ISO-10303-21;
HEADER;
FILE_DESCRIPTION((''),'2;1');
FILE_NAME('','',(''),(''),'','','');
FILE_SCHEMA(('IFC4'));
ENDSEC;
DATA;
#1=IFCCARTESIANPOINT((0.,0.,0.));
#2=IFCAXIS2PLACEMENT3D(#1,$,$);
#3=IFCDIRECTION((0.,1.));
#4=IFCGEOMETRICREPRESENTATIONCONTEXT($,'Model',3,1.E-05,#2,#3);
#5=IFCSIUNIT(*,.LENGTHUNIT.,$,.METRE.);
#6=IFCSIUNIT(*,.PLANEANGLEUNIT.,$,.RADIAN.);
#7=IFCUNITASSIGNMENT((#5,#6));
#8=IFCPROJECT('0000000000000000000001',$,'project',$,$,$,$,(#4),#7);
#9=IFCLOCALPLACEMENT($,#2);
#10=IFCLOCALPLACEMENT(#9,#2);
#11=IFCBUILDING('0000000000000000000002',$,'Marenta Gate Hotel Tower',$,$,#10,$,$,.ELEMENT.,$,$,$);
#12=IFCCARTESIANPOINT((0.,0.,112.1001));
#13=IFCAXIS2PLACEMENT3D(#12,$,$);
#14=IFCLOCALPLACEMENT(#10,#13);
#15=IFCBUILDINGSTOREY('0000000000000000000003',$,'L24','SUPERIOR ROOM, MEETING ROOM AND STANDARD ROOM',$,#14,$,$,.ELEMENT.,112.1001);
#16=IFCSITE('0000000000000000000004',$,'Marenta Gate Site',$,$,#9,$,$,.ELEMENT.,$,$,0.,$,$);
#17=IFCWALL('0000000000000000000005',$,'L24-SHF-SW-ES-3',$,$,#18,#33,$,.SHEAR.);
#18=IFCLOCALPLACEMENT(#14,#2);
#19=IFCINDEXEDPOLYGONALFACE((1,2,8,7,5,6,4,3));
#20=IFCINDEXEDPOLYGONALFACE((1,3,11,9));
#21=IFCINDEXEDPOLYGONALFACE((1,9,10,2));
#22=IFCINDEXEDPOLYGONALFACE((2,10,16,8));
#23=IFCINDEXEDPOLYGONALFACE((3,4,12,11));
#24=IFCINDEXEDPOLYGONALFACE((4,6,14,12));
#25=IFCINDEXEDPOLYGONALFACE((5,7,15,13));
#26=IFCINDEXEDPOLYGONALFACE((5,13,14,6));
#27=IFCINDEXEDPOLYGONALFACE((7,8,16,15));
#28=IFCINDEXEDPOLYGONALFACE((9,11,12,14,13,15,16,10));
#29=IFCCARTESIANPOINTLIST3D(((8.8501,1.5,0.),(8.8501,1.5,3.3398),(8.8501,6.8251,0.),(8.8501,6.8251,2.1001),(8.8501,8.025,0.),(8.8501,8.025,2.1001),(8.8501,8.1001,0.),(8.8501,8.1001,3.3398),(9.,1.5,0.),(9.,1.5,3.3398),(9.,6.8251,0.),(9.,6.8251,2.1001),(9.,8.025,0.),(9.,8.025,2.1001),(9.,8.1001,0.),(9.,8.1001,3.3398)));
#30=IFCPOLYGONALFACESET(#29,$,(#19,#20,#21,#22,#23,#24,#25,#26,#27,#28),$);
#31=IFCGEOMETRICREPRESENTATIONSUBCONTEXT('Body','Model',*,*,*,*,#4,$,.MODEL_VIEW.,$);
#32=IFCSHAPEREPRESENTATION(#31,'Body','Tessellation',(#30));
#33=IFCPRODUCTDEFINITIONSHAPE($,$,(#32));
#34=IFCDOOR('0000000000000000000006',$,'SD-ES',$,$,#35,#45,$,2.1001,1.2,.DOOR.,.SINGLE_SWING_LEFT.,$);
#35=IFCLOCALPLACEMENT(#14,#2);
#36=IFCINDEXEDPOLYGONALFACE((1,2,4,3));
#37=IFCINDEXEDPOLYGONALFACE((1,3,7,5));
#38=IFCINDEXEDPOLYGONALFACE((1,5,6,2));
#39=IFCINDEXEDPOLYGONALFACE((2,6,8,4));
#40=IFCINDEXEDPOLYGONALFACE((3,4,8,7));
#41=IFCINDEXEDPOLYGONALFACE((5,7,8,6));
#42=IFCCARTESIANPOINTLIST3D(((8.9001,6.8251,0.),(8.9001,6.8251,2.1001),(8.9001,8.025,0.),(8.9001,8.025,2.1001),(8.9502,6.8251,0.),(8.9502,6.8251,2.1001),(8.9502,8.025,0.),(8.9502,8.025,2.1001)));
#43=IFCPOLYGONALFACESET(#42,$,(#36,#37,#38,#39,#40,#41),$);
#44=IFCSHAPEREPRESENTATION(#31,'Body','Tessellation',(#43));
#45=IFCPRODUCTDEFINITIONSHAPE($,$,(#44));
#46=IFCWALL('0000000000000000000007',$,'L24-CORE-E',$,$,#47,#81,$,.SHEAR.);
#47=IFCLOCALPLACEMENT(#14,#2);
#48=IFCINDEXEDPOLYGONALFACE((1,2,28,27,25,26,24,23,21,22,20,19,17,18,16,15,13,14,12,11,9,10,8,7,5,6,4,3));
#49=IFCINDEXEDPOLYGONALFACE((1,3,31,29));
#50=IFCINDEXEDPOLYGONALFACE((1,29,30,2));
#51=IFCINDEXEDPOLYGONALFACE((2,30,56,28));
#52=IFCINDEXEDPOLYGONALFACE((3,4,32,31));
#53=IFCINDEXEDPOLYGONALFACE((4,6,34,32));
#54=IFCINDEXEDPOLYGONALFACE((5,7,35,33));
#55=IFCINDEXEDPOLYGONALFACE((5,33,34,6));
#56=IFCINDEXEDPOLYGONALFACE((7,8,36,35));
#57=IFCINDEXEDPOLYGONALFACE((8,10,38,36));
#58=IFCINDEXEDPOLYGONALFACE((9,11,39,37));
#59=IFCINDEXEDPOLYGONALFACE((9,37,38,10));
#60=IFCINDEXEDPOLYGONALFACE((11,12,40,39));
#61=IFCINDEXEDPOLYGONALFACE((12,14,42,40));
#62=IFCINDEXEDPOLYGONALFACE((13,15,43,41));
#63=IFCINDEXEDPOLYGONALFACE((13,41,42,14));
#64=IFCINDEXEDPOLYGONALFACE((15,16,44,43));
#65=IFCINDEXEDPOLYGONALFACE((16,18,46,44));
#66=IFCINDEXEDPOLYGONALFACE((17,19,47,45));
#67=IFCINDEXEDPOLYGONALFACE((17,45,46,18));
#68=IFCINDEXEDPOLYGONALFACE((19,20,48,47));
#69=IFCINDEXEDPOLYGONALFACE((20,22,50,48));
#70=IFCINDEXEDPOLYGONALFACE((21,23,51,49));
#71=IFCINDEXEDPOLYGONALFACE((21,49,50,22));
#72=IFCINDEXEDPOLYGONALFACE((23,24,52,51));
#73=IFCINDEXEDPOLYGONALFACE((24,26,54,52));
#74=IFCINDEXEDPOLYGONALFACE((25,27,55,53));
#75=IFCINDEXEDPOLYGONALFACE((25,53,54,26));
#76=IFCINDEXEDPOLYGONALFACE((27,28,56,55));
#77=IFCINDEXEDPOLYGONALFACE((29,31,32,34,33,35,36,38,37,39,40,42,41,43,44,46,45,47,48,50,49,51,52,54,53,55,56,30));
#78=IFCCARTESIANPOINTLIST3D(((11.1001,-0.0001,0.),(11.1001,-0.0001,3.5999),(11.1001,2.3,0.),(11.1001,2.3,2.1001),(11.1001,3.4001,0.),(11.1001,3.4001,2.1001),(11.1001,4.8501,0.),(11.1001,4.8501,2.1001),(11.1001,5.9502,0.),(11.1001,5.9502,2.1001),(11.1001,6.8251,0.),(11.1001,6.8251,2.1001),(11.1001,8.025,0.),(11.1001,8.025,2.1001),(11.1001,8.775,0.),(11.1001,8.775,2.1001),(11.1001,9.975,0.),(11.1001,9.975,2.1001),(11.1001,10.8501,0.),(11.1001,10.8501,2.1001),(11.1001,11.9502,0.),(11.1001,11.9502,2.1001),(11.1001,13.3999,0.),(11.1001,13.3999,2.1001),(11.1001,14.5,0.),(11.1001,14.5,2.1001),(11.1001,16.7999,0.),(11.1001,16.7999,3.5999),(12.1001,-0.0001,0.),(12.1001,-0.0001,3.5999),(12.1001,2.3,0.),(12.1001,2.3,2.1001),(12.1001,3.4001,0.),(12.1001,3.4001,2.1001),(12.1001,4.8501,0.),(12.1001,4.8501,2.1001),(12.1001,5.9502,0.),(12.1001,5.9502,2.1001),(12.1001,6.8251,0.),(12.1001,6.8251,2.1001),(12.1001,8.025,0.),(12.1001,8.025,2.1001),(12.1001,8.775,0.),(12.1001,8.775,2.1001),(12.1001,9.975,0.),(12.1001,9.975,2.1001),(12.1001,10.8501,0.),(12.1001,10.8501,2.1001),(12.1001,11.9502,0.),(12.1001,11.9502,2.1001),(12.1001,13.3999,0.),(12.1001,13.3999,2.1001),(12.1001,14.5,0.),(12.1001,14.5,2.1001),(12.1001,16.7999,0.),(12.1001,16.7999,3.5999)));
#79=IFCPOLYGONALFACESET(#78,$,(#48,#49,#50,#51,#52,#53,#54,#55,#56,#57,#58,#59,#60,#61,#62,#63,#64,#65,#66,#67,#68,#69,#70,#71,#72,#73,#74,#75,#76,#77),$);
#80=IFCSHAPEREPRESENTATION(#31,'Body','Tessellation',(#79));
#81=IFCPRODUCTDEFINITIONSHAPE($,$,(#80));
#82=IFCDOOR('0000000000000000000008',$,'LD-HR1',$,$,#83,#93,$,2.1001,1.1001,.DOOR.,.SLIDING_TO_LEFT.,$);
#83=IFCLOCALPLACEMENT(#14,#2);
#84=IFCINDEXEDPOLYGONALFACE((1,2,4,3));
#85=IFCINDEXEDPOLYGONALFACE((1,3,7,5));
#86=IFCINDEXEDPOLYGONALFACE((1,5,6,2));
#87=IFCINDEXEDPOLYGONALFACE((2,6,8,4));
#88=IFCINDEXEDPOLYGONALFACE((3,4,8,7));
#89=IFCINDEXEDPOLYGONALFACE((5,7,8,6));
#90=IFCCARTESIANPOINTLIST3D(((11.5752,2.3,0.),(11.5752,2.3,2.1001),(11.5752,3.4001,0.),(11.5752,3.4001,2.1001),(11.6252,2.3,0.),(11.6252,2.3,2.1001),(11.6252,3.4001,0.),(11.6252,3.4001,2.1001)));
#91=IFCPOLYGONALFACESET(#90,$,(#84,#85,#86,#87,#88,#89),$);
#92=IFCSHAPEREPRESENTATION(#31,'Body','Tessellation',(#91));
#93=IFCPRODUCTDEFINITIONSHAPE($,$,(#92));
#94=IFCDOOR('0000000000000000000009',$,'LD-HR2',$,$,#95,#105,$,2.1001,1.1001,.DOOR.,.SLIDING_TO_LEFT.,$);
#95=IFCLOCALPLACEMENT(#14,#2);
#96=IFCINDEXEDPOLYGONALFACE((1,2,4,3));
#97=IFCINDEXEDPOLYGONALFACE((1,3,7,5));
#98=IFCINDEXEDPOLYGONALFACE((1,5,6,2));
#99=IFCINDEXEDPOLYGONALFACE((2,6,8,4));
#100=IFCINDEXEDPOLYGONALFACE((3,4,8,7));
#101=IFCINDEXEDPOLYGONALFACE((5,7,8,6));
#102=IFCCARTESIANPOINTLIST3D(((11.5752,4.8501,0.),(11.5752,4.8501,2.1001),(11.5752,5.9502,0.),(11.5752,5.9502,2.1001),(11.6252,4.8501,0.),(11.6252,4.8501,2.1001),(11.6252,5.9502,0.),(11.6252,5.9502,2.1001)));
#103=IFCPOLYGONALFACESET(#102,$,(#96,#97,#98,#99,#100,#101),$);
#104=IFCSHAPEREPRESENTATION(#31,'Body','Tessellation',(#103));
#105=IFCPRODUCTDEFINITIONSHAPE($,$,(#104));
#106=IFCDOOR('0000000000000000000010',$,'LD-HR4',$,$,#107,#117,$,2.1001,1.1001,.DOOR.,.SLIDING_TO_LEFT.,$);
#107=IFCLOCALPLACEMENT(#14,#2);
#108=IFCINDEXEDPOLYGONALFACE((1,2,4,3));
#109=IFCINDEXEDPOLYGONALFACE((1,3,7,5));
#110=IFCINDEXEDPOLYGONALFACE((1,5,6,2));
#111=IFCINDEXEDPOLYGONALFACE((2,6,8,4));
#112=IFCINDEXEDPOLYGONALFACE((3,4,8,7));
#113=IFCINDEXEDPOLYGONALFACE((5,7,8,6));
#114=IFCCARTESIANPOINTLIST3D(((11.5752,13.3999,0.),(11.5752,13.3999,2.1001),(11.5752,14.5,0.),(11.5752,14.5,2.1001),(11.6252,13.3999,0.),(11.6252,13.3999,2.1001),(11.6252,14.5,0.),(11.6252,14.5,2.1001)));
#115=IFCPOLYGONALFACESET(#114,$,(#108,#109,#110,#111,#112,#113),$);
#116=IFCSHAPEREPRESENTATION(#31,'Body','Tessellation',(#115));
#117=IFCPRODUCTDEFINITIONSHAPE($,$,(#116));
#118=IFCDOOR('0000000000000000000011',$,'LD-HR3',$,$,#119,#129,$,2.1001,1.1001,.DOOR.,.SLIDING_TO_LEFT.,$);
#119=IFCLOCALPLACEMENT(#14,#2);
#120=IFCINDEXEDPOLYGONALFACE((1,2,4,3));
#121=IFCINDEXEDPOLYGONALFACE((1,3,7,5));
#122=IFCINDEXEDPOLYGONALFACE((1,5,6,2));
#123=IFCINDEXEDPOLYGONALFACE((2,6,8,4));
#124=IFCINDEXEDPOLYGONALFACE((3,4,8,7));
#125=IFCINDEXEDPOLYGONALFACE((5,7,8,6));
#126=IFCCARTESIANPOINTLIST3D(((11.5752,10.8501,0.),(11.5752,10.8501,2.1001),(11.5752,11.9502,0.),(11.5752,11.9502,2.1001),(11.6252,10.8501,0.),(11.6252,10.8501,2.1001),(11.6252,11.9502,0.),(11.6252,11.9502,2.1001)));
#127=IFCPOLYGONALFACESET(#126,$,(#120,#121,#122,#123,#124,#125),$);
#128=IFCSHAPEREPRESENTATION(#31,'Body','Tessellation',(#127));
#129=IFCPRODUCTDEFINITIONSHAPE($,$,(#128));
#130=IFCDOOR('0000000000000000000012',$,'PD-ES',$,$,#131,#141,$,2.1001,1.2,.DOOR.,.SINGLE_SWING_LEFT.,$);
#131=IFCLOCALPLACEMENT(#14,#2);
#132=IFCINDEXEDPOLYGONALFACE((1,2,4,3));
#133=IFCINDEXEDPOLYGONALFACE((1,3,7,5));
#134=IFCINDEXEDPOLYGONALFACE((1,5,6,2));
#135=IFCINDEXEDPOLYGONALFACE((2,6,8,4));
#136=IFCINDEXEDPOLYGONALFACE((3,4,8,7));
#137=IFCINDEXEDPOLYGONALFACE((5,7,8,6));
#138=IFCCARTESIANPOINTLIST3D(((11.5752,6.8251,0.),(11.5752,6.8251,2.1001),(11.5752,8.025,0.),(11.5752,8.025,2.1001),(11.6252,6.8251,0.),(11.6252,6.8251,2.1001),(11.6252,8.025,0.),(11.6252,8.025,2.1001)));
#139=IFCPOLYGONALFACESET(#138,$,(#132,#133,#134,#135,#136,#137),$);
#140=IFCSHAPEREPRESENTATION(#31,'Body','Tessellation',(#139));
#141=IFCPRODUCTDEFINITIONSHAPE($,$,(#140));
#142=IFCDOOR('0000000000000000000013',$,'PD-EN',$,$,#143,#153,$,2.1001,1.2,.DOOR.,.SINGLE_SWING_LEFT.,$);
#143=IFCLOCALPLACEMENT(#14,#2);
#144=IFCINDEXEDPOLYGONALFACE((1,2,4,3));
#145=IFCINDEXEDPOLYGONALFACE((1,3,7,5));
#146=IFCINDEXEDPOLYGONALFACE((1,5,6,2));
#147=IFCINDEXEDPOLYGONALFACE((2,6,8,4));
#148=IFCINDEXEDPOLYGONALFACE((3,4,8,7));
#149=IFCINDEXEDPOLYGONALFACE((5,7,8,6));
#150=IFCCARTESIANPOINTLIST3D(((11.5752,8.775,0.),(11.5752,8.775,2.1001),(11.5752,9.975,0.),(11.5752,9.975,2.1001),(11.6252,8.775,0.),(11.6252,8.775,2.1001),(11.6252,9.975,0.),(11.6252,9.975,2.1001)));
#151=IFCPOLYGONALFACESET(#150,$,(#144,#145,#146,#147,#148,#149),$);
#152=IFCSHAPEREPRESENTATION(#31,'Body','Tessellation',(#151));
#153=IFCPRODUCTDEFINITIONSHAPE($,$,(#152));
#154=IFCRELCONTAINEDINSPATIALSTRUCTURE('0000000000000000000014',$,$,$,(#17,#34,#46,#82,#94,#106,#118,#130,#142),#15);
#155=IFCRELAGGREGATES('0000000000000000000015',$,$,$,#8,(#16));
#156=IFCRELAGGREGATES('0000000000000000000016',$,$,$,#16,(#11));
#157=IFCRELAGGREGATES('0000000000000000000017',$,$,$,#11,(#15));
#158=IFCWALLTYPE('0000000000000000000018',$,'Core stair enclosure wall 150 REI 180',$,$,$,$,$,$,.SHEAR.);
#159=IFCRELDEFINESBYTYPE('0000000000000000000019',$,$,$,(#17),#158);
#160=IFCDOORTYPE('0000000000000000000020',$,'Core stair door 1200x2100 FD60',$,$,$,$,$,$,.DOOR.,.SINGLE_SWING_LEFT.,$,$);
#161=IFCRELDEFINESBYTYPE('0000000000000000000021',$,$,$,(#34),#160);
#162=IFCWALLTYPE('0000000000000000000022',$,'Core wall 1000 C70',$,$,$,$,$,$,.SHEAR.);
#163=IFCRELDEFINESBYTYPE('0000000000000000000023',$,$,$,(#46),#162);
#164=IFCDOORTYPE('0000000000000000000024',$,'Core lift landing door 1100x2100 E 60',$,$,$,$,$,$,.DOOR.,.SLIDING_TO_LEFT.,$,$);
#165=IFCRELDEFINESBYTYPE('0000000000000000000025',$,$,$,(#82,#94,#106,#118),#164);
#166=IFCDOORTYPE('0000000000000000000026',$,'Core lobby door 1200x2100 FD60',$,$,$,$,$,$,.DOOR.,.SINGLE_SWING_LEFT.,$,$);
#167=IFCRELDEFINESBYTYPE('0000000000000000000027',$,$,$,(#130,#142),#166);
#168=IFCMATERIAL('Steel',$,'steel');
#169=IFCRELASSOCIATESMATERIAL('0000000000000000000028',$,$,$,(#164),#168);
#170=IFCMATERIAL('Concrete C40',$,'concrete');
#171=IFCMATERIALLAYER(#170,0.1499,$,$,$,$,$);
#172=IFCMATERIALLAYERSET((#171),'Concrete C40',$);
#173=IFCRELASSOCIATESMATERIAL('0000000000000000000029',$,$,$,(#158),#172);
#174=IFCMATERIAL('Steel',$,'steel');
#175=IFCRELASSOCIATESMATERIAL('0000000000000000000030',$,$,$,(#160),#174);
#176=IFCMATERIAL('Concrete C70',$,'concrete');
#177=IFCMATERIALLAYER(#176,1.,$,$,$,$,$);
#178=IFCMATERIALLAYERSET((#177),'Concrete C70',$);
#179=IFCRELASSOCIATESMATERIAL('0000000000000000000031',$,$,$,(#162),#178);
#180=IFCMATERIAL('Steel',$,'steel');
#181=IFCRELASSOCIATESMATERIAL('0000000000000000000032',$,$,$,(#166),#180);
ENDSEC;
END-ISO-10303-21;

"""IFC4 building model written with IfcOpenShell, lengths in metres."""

from ifc_helpers import new_model, si_unit, direction, frame, frame_2d, origin, place, context, subcontext, project, spatial, rectangle, extrude, material, layer, layer_set, type_object, element, fill, save


model = new_model("IFC4")

# Units and contexts
model_context = context("Model", 3, precision=1e-05, world=origin(), true_north=direction((0.0, 1.0)))
body_context = subcontext(model_context, "Body", "Model", "MODEL_VIEW")
ifc_project = project(units=[si_unit("LENGTHUNIT", "METRE"), si_unit("PLANEANGLEUNIT", "RADIAN")], contexts=[model_context])

# Site, building, storey
site_placement = place(None, origin())
site = spatial("IfcSite", under=ifc_project, at=site_placement, Name="Marenta Gate Site", CompositionType="ELEMENT", RefElevation=0.0)
building_placement = place(site_placement, origin())
building = spatial("IfcBuilding", under=site, at=building_placement, Name="Marenta Gate Hotel Tower", CompositionType="ELEMENT")
storey_placement = place(building_placement, frame((0.0, 0.0, 112.1001)))
storey = spatial("IfcBuildingStorey", under=building, at=storey_placement, Name="L24", Description="SUPERIOR ROOM, MEETING ROOM AND STANDARD ROOM", CompositionType="ELEMENT", Elevation=112.1001)

# Shared definitions
ifc_material_1 = material(Name="Steel", Category="steel")
door_type_1 = type_object("IfcDoorType", Name="Core lift landing door 1100x2100 E 60", OperationType="SLIDING_TO_LEFT", PredefinedType="DOOR", material=ifc_material_1)

# Wall, opening, door
ifc_material_2 = material(Name="Concrete C40", Category="concrete")
ifc_layer_1 = layer(ifc_material_2, 0.1499)
ifc_layer_set_1 = layer_set([ifc_layer_1], Name="Concrete C40")
wall_type_1 = type_object("IfcWallType", Name="Core stair enclosure wall 150 REI 180", PredefinedType="SHEAR", material=ifc_layer_set_1)
wall_1_placement = place(storey_placement, frame((8.925, 1.5, 0.0), z_axis=(0.0, 0.0, 1.0), x_axis=(0.0, 1.0, 0.0)))
wall_1 = element("IfcWall", 1, at=wall_1_placement, inside=storey, type_object=wall_type_1, Name="L24-SHF-SW-ES-3", PredefinedType="SHEAR", context=body_context, shape_type="SweptSolid", body=[
    extrude(rectangle(XDim=6.6001, YDim=0.1499, at=frame_2d((3.3, 0.0))), origin(), (0.0, 0.0, 1.0), 3.3398),
])
opening_1_placement = place(wall_1_placement, frame((5.325, 0.0, 0.0)))
opening_1 = element("IfcOpeningElement", 2, at=opening_1_placement, cuts=wall_1, PredefinedType="OPENING", context=body_context, shape_type="SweptSolid", body=[
    extrude(rectangle(XDim=1.2, YDim=2.1001, at=frame_2d((0.6001, 1.05))), frame((0.0, 0.075, 0.0), z_axis=(0.0, -1.0, 0.0), x_axis=(1.0, 0.0, 0.0)), (0.0, 0.0, 1.0), 0.1499),
])
ifc_material_3 = material(Name="Steel", Category="steel")
door_type_2 = type_object("IfcDoorType", Name="Core stair door 1200x2100 FD60", OperationType="SINGLE_SWING_LEFT", PredefinedType="DOOR", material=ifc_material_3)
door_1_placement = place(opening_1_placement, origin())
door_1 = element("IfcDoor", 3, at=door_1_placement, inside=storey, type_object=door_type_2, Name="SD-ES", OperationType="SINGLE_SWING_LEFT", OverallHeight=2.1001, OverallWidth=1.2, PredefinedType="DOOR", context=body_context, shape_type="SweptSolid", body=[
    extrude(rectangle(XDim=1.2, YDim=2.1001, at=frame_2d((0.6001, 1.05))), frame((0.0, 0.0249, 0.0), z_axis=(0.0, -1.0, 0.0), x_axis=(1.0, 0.0, 0.0)), (0.0, 0.0, 1.0), 0.05),
])
fill(opening_1, door_1)

# Wall, openings, doors
ifc_material_4 = material(Name="Concrete C70", Category="concrete")
ifc_layer_2 = layer(ifc_material_4, 1.0)
ifc_layer_set_2 = layer_set([ifc_layer_2], Name="Concrete C70")
wall_type_2 = type_object("IfcWallType", Name="Core wall 1000 C70", PredefinedType="SHEAR", material=ifc_layer_set_2)
wall_2_placement = place(storey_placement, frame((11.6001, 0.0, 0.0), z_axis=(0.0, 0.0, 1.0), x_axis=(0.0, 1.0, 0.0)))
wall_2 = element("IfcWall", 4, at=wall_2_placement, inside=storey, type_object=wall_type_2, Name="L24-CORE-E", PredefinedType="SHEAR", context=body_context, shape_type="SweptSolid", body=[
    extrude(rectangle(XDim=16.8, YDim=1.0, at=frame_2d((8.3999, 0.0))), origin(), (0.0, 0.0, 1.0), 3.5999),
])
opening_2_placement = place(wall_2_placement, frame((2.3, 0.0, 0.0)))
opening_2 = element("IfcOpeningElement", 5, at=opening_2_placement, cuts=wall_2, PredefinedType="OPENING", context=body_context, shape_type="SweptSolid", body=[
    extrude(rectangle(XDim=1.1001, YDim=2.1001, at=frame_2d((0.55, 1.05))), frame((0.0, 0.5, 0.0), z_axis=(0.0, -1.0, 0.0), x_axis=(1.0, 0.0, 0.0)), (0.0, 0.0, 1.0), 1.0),
])
opening_3_placement = place(wall_2_placement, frame((4.8501, 0.0, 0.0)))
opening_3 = element("IfcOpeningElement", 6, at=opening_3_placement, cuts=wall_2, PredefinedType="OPENING", context=body_context, shape_type="SweptSolid", body=[
    extrude(rectangle(XDim=1.1001, YDim=2.1001, at=frame_2d((0.55, 1.05))), frame((0.0, 0.5, 0.0), z_axis=(0.0, -1.0, 0.0), x_axis=(1.0, 0.0, 0.0)), (0.0, 0.0, 1.0), 1.0),
])
opening_4_placement = place(wall_2_placement, frame((6.825, 0.0, 0.0)))
opening_4 = element("IfcOpeningElement", 7, at=opening_4_placement, cuts=wall_2, PredefinedType="OPENING", context=body_context, shape_type="SweptSolid", body=[
    extrude(rectangle(XDim=1.2, YDim=2.1001, at=frame_2d((0.6001, 1.05))), frame((0.0, 0.5, 0.0), z_axis=(0.0, -1.0, 0.0), x_axis=(1.0, 0.0, 0.0)), (0.0, 0.0, 1.0), 1.0),
])
opening_5_placement = place(wall_2_placement, frame((13.3999, 0.0, 0.0)))
opening_5 = element("IfcOpeningElement", 8, at=opening_5_placement, cuts=wall_2, PredefinedType="OPENING", context=body_context, shape_type="SweptSolid", body=[
    extrude(rectangle(XDim=1.1001, YDim=2.1001, at=frame_2d((0.55, 1.05))), frame((0.0, 0.5, 0.0), z_axis=(0.0, -1.0, 0.0), x_axis=(1.0, 0.0, 0.0)), (0.0, 0.0, 1.0), 1.0),
])
opening_6_placement = place(wall_2_placement, frame((10.8501, 0.0, 0.0)))
opening_6 = element("IfcOpeningElement", 9, at=opening_6_placement, cuts=wall_2, PredefinedType="OPENING", context=body_context, shape_type="SweptSolid", body=[
    extrude(rectangle(XDim=1.1001, YDim=2.1001, at=frame_2d((0.55, 1.05))), frame((0.0, 0.5, 0.0), z_axis=(0.0, -1.0, 0.0), x_axis=(1.0, 0.0, 0.0)), (0.0, 0.0, 1.0), 1.0),
])
opening_7_placement = place(wall_2_placement, frame((8.7749, 0.0, 0.0)))
opening_7 = element("IfcOpeningElement", 10, at=opening_7_placement, cuts=wall_2, PredefinedType="OPENING", context=body_context, shape_type="SweptSolid", body=[
    extrude(rectangle(XDim=1.2, YDim=2.1001, at=frame_2d((0.6001, 1.05))), frame((0.0, 0.5, 0.0), z_axis=(0.0, -1.0, 0.0), x_axis=(1.0, 0.0, 0.0)), (0.0, 0.0, 1.0), 1.0),
])
door_2_placement = place(opening_2_placement, origin())
door_2 = element("IfcDoor", 11, at=door_2_placement, inside=storey, type_object=door_type_1, Name="LD-HR1", OperationType="SLIDING_TO_LEFT", OverallHeight=2.1001, OverallWidth=1.1001, PredefinedType="DOOR", context=body_context, shape_type="SweptSolid", body=[
    extrude(rectangle(XDim=1.1001, YDim=2.1001, at=frame_2d((0.55, 1.05))), frame((0.0, 0.0249, 0.0), z_axis=(0.0, -1.0, 0.0), x_axis=(1.0, 0.0, 0.0)), (0.0, 0.0, 1.0), 0.05),
])
fill(opening_2, door_2)
door_3_placement = place(opening_3_placement, origin())
door_3 = element("IfcDoor", 12, at=door_3_placement, inside=storey, type_object=door_type_1, Name="LD-HR2", OperationType="SLIDING_TO_LEFT", OverallHeight=2.1001, OverallWidth=1.1001, PredefinedType="DOOR", context=body_context, shape_type="SweptSolid", body=[
    extrude(rectangle(XDim=1.1001, YDim=2.1001, at=frame_2d((0.55, 1.05))), frame((0.0, 0.0249, 0.0), z_axis=(0.0, -1.0, 0.0), x_axis=(1.0, 0.0, 0.0)), (0.0, 0.0, 1.0), 0.05),
])
fill(opening_3, door_3)
door_4_placement = place(opening_5_placement, origin())
door_4 = element("IfcDoor", 13, at=door_4_placement, inside=storey, type_object=door_type_1, Name="LD-HR4", OperationType="SLIDING_TO_LEFT", OverallHeight=2.1001, OverallWidth=1.1001, PredefinedType="DOOR", context=body_context, shape_type="SweptSolid", body=[
    extrude(rectangle(XDim=1.1001, YDim=2.1001, at=frame_2d((0.55, 1.05))), frame((0.0, 0.0249, 0.0), z_axis=(0.0, -1.0, 0.0), x_axis=(1.0, 0.0, 0.0)), (0.0, 0.0, 1.0), 0.05),
])
fill(opening_5, door_4)
door_5_placement = place(opening_6_placement, origin())
door_5 = element("IfcDoor", 14, at=door_5_placement, inside=storey, type_object=door_type_1, Name="LD-HR3", OperationType="SLIDING_TO_LEFT", OverallHeight=2.1001, OverallWidth=1.1001, PredefinedType="DOOR", context=body_context, shape_type="SweptSolid", body=[
    extrude(rectangle(XDim=1.1001, YDim=2.1001, at=frame_2d((0.55, 1.05))), frame((0.0, 0.0249, 0.0), z_axis=(0.0, -1.0, 0.0), x_axis=(1.0, 0.0, 0.0)), (0.0, 0.0, 1.0), 0.05),
])
fill(opening_6, door_5)
ifc_material_5 = material(Name="Steel", Category="steel")
door_type_3 = type_object("IfcDoorType", Name="Core lobby door 1200x2100 FD60", OperationType="SINGLE_SWING_LEFT", PredefinedType="DOOR", material=ifc_material_5)
door_6_placement = place(opening_4_placement, origin())
door_6 = element("IfcDoor", 15, at=door_6_placement, inside=storey, type_object=door_type_3, Name="PD-ES", OperationType="SINGLE_SWING_LEFT", OverallHeight=2.1001, OverallWidth=1.2, PredefinedType="DOOR", context=body_context, shape_type="SweptSolid", body=[
    extrude(rectangle(XDim=1.2, YDim=2.1001, at=frame_2d((0.6001, 1.05))), frame((0.0, 0.0249, 0.0), z_axis=(0.0, -1.0, 0.0), x_axis=(1.0, 0.0, 0.0)), (0.0, 0.0, 1.0), 0.05),
])
fill(opening_4, door_6)
door_7_placement = place(opening_7_placement, origin())
door_7 = element("IfcDoor", 16, at=door_7_placement, inside=storey, type_object=door_type_3, Name="PD-EN", OperationType="SINGLE_SWING_LEFT", OverallHeight=2.1001, OverallWidth=1.2, PredefinedType="DOOR", context=body_context, shape_type="SweptSolid", body=[
    extrude(rectangle(XDim=1.2, YDim=2.1001, at=frame_2d((0.6001, 1.05))), frame((0.0, 0.0249, 0.0), z_axis=(0.0, -1.0, 0.0), x_axis=(1.0, 0.0, 0.0)), (0.0, 0.0, 1.0), 0.05),
])
fill(opening_7, door_7)

save(model, "model.ifc")
